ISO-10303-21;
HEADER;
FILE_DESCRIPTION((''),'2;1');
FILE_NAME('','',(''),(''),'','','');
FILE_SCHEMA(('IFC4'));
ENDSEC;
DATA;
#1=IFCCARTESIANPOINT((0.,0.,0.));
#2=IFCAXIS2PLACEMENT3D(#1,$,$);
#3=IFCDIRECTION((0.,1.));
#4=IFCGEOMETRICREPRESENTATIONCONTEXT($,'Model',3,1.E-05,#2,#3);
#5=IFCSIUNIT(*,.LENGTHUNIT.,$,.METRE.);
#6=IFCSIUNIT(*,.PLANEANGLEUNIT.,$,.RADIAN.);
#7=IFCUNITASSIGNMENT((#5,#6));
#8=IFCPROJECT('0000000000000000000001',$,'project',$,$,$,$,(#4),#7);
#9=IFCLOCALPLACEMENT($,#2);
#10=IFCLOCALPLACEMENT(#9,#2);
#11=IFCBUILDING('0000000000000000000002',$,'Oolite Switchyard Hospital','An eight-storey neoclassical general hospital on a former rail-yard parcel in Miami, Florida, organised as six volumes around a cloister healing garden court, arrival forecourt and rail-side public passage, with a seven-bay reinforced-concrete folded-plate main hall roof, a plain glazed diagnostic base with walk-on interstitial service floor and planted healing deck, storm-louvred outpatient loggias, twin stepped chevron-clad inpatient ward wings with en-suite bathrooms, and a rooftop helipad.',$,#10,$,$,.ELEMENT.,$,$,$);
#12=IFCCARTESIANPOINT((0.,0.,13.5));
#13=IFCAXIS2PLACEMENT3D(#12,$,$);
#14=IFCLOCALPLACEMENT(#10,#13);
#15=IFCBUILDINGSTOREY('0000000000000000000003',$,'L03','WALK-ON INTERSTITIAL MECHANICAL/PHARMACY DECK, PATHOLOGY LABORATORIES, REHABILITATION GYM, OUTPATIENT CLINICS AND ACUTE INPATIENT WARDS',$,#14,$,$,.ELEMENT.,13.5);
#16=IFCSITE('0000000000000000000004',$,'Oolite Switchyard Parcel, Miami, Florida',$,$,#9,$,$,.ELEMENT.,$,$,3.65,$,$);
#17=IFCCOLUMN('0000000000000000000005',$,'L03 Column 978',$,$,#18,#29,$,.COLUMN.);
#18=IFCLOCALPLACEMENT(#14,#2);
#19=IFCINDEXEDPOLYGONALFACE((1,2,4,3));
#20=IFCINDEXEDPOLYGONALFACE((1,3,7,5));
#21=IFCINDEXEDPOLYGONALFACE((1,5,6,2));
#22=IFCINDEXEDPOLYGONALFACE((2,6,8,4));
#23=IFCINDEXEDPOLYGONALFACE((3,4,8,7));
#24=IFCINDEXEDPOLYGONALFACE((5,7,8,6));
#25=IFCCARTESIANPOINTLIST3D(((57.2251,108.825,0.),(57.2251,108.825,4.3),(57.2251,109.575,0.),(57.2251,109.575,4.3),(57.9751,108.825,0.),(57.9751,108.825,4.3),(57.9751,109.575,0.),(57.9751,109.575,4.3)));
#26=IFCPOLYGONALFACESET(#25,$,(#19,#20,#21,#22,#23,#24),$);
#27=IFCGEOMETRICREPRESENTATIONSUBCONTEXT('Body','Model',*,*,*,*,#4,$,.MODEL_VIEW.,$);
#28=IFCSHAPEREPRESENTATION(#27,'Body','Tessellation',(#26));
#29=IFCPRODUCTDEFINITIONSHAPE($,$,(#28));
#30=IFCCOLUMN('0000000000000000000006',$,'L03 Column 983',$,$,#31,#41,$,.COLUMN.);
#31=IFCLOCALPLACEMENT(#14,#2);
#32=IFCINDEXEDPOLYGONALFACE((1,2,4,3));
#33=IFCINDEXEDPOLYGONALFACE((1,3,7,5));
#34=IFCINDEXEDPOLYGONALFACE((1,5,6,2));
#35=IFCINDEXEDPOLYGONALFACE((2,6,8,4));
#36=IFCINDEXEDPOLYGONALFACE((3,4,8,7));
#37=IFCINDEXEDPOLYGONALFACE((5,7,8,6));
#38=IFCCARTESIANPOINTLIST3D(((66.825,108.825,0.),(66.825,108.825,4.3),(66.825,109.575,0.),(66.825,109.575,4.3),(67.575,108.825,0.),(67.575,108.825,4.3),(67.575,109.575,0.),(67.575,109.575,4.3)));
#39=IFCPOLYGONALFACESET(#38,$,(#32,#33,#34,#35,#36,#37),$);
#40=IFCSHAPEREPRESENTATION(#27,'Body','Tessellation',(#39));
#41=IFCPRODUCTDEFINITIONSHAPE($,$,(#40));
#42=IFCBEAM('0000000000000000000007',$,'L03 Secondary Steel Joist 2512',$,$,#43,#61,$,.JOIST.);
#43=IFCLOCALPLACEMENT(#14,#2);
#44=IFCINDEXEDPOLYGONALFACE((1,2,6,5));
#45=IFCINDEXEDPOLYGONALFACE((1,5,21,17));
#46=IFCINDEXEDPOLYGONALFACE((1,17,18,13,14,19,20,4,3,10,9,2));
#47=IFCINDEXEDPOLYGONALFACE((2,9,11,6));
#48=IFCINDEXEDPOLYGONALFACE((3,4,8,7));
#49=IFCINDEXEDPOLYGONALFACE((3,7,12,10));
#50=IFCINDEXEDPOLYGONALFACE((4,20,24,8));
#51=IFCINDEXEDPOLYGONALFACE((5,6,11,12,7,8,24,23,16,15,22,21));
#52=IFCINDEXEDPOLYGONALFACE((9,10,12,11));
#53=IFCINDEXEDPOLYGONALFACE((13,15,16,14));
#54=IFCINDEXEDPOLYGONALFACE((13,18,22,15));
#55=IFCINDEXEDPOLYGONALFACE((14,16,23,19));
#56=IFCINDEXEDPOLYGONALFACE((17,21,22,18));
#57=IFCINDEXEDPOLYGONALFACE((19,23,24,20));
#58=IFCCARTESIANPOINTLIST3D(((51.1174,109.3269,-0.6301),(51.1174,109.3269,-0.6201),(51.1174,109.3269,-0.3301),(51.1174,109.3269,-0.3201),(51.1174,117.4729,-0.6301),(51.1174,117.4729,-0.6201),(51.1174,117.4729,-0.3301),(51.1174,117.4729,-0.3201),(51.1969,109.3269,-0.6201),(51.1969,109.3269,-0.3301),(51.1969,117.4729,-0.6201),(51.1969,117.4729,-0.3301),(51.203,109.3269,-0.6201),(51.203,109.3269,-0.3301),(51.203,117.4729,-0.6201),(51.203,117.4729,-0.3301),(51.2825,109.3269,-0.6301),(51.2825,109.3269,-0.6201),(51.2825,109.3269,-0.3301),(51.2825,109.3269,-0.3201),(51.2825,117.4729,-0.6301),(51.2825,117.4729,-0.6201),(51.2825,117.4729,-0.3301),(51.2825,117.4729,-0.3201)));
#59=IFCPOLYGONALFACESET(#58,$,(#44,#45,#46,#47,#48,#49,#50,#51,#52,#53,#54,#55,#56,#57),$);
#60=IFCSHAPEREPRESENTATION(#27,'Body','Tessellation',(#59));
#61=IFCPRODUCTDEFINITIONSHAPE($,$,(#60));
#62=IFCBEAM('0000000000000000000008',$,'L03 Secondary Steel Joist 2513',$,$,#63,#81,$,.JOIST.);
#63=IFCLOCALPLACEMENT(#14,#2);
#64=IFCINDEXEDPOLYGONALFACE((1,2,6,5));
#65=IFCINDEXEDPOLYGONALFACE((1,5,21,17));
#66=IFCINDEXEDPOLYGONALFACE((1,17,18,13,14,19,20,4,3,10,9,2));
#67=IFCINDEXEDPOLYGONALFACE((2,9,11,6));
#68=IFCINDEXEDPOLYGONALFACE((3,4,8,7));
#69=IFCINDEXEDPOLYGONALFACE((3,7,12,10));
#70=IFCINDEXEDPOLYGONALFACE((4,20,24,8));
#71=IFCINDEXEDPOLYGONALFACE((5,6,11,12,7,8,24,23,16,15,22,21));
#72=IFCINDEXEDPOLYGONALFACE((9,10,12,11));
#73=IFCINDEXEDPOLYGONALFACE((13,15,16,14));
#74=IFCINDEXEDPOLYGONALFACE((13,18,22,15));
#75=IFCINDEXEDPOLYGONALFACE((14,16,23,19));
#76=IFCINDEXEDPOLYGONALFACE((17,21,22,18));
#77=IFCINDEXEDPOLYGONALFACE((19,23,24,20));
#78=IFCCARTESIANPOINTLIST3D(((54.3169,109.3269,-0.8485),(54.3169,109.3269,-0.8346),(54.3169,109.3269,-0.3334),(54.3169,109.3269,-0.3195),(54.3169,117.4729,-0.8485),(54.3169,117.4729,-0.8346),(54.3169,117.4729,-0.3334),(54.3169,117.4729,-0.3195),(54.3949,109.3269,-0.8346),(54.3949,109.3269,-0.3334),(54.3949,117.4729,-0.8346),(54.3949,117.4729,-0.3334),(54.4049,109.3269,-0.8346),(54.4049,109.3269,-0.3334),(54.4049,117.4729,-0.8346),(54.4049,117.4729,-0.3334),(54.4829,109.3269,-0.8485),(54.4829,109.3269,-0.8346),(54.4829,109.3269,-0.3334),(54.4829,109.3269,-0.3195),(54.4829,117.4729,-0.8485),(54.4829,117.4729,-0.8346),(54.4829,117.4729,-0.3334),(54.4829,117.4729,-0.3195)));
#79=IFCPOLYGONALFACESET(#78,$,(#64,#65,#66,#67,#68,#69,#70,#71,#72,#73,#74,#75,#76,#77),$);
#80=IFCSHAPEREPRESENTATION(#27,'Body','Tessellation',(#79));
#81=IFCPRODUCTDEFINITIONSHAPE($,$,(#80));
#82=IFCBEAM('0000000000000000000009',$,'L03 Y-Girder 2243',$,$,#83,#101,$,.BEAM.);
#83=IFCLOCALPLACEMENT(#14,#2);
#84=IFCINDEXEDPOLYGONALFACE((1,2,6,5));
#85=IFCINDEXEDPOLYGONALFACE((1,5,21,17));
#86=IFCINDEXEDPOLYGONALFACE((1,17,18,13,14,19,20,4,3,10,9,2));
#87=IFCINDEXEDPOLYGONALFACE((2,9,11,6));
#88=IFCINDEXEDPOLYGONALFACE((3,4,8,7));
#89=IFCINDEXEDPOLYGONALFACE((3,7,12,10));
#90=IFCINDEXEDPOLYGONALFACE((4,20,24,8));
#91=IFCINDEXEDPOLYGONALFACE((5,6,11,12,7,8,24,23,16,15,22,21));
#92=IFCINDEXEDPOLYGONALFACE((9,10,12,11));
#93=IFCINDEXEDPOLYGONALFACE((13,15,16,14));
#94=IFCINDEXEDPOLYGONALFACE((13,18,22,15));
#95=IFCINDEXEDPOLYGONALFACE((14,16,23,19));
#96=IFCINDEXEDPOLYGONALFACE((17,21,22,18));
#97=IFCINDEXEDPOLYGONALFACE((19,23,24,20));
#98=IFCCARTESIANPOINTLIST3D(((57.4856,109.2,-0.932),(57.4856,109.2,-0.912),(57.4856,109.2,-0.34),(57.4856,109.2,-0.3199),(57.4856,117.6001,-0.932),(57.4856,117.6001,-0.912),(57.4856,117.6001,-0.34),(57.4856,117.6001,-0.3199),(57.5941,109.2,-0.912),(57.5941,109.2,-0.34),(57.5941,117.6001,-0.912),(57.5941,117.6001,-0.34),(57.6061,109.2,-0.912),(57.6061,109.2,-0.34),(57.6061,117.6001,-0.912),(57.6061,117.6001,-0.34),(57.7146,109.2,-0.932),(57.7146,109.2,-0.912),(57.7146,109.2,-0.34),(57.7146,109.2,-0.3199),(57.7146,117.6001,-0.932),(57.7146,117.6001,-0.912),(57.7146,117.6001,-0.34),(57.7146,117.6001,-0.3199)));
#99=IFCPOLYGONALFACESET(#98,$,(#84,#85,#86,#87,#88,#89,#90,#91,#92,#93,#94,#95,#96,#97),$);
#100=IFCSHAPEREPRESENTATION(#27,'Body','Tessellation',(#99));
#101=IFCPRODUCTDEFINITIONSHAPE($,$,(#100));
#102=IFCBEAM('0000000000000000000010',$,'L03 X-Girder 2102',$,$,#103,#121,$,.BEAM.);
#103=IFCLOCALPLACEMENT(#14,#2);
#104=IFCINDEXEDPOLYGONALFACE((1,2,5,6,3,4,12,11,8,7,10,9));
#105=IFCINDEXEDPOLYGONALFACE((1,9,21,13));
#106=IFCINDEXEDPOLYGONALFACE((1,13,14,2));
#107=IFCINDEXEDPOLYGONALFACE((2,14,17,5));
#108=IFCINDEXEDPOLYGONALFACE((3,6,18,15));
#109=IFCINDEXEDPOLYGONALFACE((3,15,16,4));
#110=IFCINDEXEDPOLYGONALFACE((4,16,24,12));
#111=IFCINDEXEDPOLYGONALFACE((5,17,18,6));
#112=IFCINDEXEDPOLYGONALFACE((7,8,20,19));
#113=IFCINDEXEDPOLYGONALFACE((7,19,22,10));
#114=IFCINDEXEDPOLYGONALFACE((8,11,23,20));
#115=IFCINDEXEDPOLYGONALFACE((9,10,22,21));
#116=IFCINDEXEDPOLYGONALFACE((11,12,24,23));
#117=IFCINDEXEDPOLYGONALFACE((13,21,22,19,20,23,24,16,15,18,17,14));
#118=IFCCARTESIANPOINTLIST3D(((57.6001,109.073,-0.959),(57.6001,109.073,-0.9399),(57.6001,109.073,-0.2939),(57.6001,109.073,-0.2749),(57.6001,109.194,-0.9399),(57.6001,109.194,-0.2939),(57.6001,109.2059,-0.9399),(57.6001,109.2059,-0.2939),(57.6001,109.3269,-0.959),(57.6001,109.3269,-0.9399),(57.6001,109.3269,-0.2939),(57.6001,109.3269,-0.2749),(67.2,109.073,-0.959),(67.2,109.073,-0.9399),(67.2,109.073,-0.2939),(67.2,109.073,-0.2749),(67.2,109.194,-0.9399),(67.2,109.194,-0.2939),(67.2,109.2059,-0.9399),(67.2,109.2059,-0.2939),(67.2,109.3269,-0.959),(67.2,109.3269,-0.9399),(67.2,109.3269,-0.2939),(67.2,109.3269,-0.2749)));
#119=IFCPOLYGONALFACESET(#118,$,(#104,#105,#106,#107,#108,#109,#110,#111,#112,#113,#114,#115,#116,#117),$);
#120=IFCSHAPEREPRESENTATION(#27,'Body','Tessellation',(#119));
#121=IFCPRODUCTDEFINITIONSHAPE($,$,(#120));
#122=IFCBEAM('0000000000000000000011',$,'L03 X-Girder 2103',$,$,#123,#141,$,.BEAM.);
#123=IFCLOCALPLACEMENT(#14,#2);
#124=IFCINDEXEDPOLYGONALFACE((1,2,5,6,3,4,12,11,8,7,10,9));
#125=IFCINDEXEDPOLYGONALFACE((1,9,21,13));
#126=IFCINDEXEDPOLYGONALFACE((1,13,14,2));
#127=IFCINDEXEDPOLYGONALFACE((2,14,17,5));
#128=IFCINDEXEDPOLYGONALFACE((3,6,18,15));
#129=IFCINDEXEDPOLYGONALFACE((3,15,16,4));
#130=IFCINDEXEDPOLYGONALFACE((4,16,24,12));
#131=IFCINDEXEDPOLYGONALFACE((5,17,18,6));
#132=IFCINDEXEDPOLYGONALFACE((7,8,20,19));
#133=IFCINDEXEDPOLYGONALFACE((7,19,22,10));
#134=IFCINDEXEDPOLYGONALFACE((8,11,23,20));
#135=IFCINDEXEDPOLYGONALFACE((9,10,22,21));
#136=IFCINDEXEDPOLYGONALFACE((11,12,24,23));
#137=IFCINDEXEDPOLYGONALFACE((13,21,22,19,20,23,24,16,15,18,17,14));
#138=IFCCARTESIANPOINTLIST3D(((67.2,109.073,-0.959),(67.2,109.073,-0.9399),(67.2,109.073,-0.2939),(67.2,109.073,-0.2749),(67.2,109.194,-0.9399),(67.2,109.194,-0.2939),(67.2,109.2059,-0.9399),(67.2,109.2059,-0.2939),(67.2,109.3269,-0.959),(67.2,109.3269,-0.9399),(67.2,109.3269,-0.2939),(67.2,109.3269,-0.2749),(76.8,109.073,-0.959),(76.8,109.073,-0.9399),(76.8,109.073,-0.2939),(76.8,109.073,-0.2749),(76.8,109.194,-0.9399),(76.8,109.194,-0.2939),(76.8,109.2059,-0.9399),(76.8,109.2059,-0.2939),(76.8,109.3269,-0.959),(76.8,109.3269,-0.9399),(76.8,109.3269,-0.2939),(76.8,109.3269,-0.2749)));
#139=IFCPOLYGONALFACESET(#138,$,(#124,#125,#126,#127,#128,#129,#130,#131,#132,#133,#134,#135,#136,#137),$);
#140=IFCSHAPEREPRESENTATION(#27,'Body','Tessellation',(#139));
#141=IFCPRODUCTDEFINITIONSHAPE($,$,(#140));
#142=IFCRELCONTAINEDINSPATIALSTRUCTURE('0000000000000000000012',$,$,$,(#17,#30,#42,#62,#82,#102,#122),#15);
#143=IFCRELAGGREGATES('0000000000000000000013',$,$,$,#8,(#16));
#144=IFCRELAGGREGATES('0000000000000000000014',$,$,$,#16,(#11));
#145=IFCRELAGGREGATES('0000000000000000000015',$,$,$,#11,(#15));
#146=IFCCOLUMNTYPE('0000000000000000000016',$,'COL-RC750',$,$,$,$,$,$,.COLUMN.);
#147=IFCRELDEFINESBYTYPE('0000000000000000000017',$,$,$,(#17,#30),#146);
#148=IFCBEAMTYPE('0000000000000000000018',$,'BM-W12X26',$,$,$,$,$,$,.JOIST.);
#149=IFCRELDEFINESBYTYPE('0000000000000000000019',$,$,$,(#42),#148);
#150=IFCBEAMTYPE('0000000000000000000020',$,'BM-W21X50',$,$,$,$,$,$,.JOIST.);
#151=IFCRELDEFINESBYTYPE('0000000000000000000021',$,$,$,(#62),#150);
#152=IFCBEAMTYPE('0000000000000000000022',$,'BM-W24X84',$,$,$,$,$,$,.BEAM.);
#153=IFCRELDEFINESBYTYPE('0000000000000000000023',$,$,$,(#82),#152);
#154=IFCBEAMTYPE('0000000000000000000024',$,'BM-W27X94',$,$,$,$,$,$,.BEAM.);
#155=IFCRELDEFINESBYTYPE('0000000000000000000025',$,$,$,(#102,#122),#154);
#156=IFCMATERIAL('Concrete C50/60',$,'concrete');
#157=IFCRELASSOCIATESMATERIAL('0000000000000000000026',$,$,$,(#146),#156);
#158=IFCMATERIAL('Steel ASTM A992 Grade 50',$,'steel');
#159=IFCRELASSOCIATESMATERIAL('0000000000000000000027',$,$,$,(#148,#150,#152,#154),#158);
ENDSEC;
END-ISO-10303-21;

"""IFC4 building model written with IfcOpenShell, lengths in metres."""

from ifc_helpers import new_model, si_unit, direction, frame, origin, origin_2d, place, context, subcontext, project, spatial, rectangle, i_section, extrude, material, material_profile, profile_set, type_object, element, save


model = new_model("IFC4")

# Units and contexts
model_context = context("Model", 3, precision=1e-05, world=origin(), true_north=direction((0.0, 1.0)))
body_context = subcontext(model_context, "Body", "Model", "MODEL_VIEW")
ifc_project = project(units=[si_unit("LENGTHUNIT", "METRE"), si_unit("PLANEANGLEUNIT", "RADIAN")], contexts=[model_context])

# Site, building, storey
site_placement = place(None, origin())
site = spatial("IfcSite", under=ifc_project, at=site_placement, Name="Oolite Switchyard Parcel, Miami, Florida", CompositionType="ELEMENT", RefElevation=3.65)
building_placement = place(site_placement, origin())
building = spatial("IfcBuilding", under=site, at=building_placement, Name="Oolite Switchyard Hospital", Description="An eight-storey neoclassical general hospital on a former rail-yard parcel in Miami, Florida, organised as six volumes around a cloister healing garden court, arrival forecourt and rail-side public passage, with a seven-bay reinforced-concrete folded-plate main hall roof, a plain glazed diagnostic base with walk-on interstitial service floor and planted healing deck, storm-louvred outpatient loggias, twin stepped chevron-clad inpatient ward wings with en-suite bathrooms, and a rooftop helipad.", CompositionType="ELEMENT")
storey_placement = place(building_placement, frame((0.0, 0.0, 13.5)))
storey = spatial("IfcBuildingStorey", under=building, at=storey_placement, Name="L03", Description="WALK-ON INTERSTITIAL MECHANICAL/PHARMACY DECK, PATHOLOGY LABORATORIES, REHABILITATION GYM, OUTPATIENT CLINICS AND ACUTE INPATIENT WARDS", CompositionType="ELEMENT", Elevation=13.5)

# Columns
ifc_material_1 = material(Name="Concrete C50/60", Category="concrete")
ifc_material_profile_1 = material_profile(ifc_material_1, rectangle(XDim=0.75, YDim=0.75, at=origin_2d()), Name="RC750X750")
ifc_profile_set_1 = profile_set([ifc_material_profile_1], Name="Concrete C50/60")
column_type = type_object("IfcColumnType", Name="COL-RC750", PredefinedType="COLUMN", material=ifc_profile_set_1)
for number, where, z_axis, x_axis, name in (
    (1, (57.6001, 109.2, 0.0), (0.0, 0.0, 1.0), (1.0, 0.0, 0.0), "L03 Column 978"),
    (2, (67.2, 109.2, 0.0), (0.0, 0.0, 1.0), (1.0, 0.0, 0.0), "L03 Column 983"),
):
    element("IfcColumn", number, at=place(storey_placement, frame(where, z_axis=z_axis, x_axis=x_axis)), inside=storey, type_object=column_type, Name=name, PredefinedType="COLUMN", context=body_context, shape_type="SweptSolid", body=[
        extrude(rectangle(XDim=0.75, YDim=0.75, at=origin_2d()), origin(), (0.0, 0.0, 1.0), 4.3),
    ])

# Beams
ifc_material_2 = material(Name="Steel ASTM A992 Grade 50", Category="steel")
ifc_material_profile_2 = material_profile(ifc_material_2, i_section(OverallWidth=0.165, OverallDepth=0.3101, WebThickness=0.0061, FlangeThickness=0.01, at=origin_2d()), Name="W12X26")
ifc_profile_set_2 = profile_set([ifc_material_profile_2], Name="Steel ASTM A992 Grade 50")
beam_type_1 = type_object("IfcBeamType", Name="BM-W12X26", PredefinedType="JOIST", material=ifc_profile_set_2)
beam_1_placement = place(storey_placement, frame((51.2, 109.3269, -0.4751), z_axis=(0.0, 1.0, 0.0), x_axis=(-1.0, 0.0, 0.0)))
element("IfcBeam", 3, at=beam_1_placement, inside=storey, type_object=beam_type_1, Name="L03 Secondary Steel Joist 2512", PredefinedType="JOIST", context=body_context, shape_type="SweptSolid", body=[
    extrude(i_section(OverallWidth=0.165, OverallDepth=0.3101, WebThickness=0.0061, FlangeThickness=0.01, at=origin_2d()), origin(), (0.0, 0.0, 1.0), 8.146),
])
ifc_material_profile_3 = material_profile(ifc_material_2, i_section(OverallWidth=0.166, OverallDepth=0.5291, WebThickness=0.01, FlangeThickness=0.0139, at=origin_2d()), Name="W21X50")
ifc_profile_set_3 = profile_set([ifc_material_profile_3], Name="Steel ASTM A992 Grade 50")
beam_type_2 = type_object("IfcBeamType", Name="BM-W21X50", PredefinedType="JOIST", material=ifc_profile_set_3)
beam_2_placement = place(storey_placement, frame((54.3999, 109.3269, -0.584), z_axis=(0.0, 1.0, 0.0), x_axis=(-1.0, 0.0, 0.0)))
element("IfcBeam", 4, at=beam_2_placement, inside=storey, type_object=beam_type_2, Name="L03 Secondary Steel Joist 2513", PredefinedType="JOIST", context=body_context, shape_type="SweptSolid", body=[
    extrude(i_section(OverallWidth=0.166, OverallDepth=0.5291, WebThickness=0.01, FlangeThickness=0.0139, at=origin_2d()), origin(), (0.0, 0.0, 1.0), 8.146),
])
ifc_material_profile_4 = material_profile(ifc_material_2, i_section(OverallWidth=0.229, OverallDepth=0.6121, WebThickness=0.012, FlangeThickness=0.02, at=origin_2d()), Name="W24X84")
ifc_profile_set_4 = profile_set([ifc_material_profile_4], Name="Steel ASTM A992 Grade 50")
beam_type_3 = type_object("IfcBeamType", Name="BM-W24X84", PredefinedType="BEAM", material=ifc_profile_set_4)
beam_3_placement = place(storey_placement, frame((57.6001, 109.2, -0.626), z_axis=(0.0, 1.0, 0.0), x_axis=(-1.0, 0.0, 0.0)))
element("IfcBeam", 5, at=beam_3_placement, inside=storey, type_object=beam_type_3, Name="L03 Y-Girder 2243", PredefinedType="BEAM", context=body_context, shape_type="SweptSolid", body=[
    extrude(i_section(OverallWidth=0.229, OverallDepth=0.6121, WebThickness=0.012, FlangeThickness=0.02, at=origin_2d()), origin(), (0.0, 0.0, 1.0), 8.4001),
])
ifc_material_profile_5 = material_profile(ifc_material_2, i_section(OverallWidth=0.2539, OverallDepth=0.6841, WebThickness=0.012, FlangeThickness=0.019, at=origin_2d()), Name="W27X94")
ifc_profile_set_5 = profile_set([ifc_material_profile_5], Name="Steel ASTM A992 Grade 50")
beam_type_4 = type_object("IfcBeamType", Name="BM-W27X94", PredefinedType="BEAM", material=ifc_profile_set_5)
beam_4_placement = place(storey_placement, frame((57.6001, 109.2, -0.6169), z_axis=(1.0, 0.0, 0.0), x_axis=(0.0, 1.0, 0.0)))
element("IfcBeam", 6, at=beam_4_placement, inside=storey, type_object=beam_type_4, Name="L03 X-Girder 2102", PredefinedType="BEAM", context=body_context, shape_type="SweptSolid", body=[
    extrude(i_section(OverallWidth=0.2539, OverallDepth=0.6841, WebThickness=0.012, FlangeThickness=0.019, at=origin_2d()), origin(), (0.0, 0.0, 1.0), 9.5999),
])
beam_5_placement = place(storey_placement, frame((67.2, 109.2, -0.6169), z_axis=(1.0, 0.0, 0.0), x_axis=(0.0, 1.0, 0.0)))
element("IfcBeam", 7, at=beam_5_placement, inside=storey, type_object=beam_type_4, Name="L03 X-Girder 2103", PredefinedType="BEAM", context=body_context, shape_type="SweptSolid", body=[
    extrude(i_section(OverallWidth=0.2539, OverallDepth=0.6841, WebThickness=0.012, FlangeThickness=0.019, at=origin_2d()), origin(), (0.0, 0.0, 1.0), 9.6001),
])

save(model, "model.ifc")
